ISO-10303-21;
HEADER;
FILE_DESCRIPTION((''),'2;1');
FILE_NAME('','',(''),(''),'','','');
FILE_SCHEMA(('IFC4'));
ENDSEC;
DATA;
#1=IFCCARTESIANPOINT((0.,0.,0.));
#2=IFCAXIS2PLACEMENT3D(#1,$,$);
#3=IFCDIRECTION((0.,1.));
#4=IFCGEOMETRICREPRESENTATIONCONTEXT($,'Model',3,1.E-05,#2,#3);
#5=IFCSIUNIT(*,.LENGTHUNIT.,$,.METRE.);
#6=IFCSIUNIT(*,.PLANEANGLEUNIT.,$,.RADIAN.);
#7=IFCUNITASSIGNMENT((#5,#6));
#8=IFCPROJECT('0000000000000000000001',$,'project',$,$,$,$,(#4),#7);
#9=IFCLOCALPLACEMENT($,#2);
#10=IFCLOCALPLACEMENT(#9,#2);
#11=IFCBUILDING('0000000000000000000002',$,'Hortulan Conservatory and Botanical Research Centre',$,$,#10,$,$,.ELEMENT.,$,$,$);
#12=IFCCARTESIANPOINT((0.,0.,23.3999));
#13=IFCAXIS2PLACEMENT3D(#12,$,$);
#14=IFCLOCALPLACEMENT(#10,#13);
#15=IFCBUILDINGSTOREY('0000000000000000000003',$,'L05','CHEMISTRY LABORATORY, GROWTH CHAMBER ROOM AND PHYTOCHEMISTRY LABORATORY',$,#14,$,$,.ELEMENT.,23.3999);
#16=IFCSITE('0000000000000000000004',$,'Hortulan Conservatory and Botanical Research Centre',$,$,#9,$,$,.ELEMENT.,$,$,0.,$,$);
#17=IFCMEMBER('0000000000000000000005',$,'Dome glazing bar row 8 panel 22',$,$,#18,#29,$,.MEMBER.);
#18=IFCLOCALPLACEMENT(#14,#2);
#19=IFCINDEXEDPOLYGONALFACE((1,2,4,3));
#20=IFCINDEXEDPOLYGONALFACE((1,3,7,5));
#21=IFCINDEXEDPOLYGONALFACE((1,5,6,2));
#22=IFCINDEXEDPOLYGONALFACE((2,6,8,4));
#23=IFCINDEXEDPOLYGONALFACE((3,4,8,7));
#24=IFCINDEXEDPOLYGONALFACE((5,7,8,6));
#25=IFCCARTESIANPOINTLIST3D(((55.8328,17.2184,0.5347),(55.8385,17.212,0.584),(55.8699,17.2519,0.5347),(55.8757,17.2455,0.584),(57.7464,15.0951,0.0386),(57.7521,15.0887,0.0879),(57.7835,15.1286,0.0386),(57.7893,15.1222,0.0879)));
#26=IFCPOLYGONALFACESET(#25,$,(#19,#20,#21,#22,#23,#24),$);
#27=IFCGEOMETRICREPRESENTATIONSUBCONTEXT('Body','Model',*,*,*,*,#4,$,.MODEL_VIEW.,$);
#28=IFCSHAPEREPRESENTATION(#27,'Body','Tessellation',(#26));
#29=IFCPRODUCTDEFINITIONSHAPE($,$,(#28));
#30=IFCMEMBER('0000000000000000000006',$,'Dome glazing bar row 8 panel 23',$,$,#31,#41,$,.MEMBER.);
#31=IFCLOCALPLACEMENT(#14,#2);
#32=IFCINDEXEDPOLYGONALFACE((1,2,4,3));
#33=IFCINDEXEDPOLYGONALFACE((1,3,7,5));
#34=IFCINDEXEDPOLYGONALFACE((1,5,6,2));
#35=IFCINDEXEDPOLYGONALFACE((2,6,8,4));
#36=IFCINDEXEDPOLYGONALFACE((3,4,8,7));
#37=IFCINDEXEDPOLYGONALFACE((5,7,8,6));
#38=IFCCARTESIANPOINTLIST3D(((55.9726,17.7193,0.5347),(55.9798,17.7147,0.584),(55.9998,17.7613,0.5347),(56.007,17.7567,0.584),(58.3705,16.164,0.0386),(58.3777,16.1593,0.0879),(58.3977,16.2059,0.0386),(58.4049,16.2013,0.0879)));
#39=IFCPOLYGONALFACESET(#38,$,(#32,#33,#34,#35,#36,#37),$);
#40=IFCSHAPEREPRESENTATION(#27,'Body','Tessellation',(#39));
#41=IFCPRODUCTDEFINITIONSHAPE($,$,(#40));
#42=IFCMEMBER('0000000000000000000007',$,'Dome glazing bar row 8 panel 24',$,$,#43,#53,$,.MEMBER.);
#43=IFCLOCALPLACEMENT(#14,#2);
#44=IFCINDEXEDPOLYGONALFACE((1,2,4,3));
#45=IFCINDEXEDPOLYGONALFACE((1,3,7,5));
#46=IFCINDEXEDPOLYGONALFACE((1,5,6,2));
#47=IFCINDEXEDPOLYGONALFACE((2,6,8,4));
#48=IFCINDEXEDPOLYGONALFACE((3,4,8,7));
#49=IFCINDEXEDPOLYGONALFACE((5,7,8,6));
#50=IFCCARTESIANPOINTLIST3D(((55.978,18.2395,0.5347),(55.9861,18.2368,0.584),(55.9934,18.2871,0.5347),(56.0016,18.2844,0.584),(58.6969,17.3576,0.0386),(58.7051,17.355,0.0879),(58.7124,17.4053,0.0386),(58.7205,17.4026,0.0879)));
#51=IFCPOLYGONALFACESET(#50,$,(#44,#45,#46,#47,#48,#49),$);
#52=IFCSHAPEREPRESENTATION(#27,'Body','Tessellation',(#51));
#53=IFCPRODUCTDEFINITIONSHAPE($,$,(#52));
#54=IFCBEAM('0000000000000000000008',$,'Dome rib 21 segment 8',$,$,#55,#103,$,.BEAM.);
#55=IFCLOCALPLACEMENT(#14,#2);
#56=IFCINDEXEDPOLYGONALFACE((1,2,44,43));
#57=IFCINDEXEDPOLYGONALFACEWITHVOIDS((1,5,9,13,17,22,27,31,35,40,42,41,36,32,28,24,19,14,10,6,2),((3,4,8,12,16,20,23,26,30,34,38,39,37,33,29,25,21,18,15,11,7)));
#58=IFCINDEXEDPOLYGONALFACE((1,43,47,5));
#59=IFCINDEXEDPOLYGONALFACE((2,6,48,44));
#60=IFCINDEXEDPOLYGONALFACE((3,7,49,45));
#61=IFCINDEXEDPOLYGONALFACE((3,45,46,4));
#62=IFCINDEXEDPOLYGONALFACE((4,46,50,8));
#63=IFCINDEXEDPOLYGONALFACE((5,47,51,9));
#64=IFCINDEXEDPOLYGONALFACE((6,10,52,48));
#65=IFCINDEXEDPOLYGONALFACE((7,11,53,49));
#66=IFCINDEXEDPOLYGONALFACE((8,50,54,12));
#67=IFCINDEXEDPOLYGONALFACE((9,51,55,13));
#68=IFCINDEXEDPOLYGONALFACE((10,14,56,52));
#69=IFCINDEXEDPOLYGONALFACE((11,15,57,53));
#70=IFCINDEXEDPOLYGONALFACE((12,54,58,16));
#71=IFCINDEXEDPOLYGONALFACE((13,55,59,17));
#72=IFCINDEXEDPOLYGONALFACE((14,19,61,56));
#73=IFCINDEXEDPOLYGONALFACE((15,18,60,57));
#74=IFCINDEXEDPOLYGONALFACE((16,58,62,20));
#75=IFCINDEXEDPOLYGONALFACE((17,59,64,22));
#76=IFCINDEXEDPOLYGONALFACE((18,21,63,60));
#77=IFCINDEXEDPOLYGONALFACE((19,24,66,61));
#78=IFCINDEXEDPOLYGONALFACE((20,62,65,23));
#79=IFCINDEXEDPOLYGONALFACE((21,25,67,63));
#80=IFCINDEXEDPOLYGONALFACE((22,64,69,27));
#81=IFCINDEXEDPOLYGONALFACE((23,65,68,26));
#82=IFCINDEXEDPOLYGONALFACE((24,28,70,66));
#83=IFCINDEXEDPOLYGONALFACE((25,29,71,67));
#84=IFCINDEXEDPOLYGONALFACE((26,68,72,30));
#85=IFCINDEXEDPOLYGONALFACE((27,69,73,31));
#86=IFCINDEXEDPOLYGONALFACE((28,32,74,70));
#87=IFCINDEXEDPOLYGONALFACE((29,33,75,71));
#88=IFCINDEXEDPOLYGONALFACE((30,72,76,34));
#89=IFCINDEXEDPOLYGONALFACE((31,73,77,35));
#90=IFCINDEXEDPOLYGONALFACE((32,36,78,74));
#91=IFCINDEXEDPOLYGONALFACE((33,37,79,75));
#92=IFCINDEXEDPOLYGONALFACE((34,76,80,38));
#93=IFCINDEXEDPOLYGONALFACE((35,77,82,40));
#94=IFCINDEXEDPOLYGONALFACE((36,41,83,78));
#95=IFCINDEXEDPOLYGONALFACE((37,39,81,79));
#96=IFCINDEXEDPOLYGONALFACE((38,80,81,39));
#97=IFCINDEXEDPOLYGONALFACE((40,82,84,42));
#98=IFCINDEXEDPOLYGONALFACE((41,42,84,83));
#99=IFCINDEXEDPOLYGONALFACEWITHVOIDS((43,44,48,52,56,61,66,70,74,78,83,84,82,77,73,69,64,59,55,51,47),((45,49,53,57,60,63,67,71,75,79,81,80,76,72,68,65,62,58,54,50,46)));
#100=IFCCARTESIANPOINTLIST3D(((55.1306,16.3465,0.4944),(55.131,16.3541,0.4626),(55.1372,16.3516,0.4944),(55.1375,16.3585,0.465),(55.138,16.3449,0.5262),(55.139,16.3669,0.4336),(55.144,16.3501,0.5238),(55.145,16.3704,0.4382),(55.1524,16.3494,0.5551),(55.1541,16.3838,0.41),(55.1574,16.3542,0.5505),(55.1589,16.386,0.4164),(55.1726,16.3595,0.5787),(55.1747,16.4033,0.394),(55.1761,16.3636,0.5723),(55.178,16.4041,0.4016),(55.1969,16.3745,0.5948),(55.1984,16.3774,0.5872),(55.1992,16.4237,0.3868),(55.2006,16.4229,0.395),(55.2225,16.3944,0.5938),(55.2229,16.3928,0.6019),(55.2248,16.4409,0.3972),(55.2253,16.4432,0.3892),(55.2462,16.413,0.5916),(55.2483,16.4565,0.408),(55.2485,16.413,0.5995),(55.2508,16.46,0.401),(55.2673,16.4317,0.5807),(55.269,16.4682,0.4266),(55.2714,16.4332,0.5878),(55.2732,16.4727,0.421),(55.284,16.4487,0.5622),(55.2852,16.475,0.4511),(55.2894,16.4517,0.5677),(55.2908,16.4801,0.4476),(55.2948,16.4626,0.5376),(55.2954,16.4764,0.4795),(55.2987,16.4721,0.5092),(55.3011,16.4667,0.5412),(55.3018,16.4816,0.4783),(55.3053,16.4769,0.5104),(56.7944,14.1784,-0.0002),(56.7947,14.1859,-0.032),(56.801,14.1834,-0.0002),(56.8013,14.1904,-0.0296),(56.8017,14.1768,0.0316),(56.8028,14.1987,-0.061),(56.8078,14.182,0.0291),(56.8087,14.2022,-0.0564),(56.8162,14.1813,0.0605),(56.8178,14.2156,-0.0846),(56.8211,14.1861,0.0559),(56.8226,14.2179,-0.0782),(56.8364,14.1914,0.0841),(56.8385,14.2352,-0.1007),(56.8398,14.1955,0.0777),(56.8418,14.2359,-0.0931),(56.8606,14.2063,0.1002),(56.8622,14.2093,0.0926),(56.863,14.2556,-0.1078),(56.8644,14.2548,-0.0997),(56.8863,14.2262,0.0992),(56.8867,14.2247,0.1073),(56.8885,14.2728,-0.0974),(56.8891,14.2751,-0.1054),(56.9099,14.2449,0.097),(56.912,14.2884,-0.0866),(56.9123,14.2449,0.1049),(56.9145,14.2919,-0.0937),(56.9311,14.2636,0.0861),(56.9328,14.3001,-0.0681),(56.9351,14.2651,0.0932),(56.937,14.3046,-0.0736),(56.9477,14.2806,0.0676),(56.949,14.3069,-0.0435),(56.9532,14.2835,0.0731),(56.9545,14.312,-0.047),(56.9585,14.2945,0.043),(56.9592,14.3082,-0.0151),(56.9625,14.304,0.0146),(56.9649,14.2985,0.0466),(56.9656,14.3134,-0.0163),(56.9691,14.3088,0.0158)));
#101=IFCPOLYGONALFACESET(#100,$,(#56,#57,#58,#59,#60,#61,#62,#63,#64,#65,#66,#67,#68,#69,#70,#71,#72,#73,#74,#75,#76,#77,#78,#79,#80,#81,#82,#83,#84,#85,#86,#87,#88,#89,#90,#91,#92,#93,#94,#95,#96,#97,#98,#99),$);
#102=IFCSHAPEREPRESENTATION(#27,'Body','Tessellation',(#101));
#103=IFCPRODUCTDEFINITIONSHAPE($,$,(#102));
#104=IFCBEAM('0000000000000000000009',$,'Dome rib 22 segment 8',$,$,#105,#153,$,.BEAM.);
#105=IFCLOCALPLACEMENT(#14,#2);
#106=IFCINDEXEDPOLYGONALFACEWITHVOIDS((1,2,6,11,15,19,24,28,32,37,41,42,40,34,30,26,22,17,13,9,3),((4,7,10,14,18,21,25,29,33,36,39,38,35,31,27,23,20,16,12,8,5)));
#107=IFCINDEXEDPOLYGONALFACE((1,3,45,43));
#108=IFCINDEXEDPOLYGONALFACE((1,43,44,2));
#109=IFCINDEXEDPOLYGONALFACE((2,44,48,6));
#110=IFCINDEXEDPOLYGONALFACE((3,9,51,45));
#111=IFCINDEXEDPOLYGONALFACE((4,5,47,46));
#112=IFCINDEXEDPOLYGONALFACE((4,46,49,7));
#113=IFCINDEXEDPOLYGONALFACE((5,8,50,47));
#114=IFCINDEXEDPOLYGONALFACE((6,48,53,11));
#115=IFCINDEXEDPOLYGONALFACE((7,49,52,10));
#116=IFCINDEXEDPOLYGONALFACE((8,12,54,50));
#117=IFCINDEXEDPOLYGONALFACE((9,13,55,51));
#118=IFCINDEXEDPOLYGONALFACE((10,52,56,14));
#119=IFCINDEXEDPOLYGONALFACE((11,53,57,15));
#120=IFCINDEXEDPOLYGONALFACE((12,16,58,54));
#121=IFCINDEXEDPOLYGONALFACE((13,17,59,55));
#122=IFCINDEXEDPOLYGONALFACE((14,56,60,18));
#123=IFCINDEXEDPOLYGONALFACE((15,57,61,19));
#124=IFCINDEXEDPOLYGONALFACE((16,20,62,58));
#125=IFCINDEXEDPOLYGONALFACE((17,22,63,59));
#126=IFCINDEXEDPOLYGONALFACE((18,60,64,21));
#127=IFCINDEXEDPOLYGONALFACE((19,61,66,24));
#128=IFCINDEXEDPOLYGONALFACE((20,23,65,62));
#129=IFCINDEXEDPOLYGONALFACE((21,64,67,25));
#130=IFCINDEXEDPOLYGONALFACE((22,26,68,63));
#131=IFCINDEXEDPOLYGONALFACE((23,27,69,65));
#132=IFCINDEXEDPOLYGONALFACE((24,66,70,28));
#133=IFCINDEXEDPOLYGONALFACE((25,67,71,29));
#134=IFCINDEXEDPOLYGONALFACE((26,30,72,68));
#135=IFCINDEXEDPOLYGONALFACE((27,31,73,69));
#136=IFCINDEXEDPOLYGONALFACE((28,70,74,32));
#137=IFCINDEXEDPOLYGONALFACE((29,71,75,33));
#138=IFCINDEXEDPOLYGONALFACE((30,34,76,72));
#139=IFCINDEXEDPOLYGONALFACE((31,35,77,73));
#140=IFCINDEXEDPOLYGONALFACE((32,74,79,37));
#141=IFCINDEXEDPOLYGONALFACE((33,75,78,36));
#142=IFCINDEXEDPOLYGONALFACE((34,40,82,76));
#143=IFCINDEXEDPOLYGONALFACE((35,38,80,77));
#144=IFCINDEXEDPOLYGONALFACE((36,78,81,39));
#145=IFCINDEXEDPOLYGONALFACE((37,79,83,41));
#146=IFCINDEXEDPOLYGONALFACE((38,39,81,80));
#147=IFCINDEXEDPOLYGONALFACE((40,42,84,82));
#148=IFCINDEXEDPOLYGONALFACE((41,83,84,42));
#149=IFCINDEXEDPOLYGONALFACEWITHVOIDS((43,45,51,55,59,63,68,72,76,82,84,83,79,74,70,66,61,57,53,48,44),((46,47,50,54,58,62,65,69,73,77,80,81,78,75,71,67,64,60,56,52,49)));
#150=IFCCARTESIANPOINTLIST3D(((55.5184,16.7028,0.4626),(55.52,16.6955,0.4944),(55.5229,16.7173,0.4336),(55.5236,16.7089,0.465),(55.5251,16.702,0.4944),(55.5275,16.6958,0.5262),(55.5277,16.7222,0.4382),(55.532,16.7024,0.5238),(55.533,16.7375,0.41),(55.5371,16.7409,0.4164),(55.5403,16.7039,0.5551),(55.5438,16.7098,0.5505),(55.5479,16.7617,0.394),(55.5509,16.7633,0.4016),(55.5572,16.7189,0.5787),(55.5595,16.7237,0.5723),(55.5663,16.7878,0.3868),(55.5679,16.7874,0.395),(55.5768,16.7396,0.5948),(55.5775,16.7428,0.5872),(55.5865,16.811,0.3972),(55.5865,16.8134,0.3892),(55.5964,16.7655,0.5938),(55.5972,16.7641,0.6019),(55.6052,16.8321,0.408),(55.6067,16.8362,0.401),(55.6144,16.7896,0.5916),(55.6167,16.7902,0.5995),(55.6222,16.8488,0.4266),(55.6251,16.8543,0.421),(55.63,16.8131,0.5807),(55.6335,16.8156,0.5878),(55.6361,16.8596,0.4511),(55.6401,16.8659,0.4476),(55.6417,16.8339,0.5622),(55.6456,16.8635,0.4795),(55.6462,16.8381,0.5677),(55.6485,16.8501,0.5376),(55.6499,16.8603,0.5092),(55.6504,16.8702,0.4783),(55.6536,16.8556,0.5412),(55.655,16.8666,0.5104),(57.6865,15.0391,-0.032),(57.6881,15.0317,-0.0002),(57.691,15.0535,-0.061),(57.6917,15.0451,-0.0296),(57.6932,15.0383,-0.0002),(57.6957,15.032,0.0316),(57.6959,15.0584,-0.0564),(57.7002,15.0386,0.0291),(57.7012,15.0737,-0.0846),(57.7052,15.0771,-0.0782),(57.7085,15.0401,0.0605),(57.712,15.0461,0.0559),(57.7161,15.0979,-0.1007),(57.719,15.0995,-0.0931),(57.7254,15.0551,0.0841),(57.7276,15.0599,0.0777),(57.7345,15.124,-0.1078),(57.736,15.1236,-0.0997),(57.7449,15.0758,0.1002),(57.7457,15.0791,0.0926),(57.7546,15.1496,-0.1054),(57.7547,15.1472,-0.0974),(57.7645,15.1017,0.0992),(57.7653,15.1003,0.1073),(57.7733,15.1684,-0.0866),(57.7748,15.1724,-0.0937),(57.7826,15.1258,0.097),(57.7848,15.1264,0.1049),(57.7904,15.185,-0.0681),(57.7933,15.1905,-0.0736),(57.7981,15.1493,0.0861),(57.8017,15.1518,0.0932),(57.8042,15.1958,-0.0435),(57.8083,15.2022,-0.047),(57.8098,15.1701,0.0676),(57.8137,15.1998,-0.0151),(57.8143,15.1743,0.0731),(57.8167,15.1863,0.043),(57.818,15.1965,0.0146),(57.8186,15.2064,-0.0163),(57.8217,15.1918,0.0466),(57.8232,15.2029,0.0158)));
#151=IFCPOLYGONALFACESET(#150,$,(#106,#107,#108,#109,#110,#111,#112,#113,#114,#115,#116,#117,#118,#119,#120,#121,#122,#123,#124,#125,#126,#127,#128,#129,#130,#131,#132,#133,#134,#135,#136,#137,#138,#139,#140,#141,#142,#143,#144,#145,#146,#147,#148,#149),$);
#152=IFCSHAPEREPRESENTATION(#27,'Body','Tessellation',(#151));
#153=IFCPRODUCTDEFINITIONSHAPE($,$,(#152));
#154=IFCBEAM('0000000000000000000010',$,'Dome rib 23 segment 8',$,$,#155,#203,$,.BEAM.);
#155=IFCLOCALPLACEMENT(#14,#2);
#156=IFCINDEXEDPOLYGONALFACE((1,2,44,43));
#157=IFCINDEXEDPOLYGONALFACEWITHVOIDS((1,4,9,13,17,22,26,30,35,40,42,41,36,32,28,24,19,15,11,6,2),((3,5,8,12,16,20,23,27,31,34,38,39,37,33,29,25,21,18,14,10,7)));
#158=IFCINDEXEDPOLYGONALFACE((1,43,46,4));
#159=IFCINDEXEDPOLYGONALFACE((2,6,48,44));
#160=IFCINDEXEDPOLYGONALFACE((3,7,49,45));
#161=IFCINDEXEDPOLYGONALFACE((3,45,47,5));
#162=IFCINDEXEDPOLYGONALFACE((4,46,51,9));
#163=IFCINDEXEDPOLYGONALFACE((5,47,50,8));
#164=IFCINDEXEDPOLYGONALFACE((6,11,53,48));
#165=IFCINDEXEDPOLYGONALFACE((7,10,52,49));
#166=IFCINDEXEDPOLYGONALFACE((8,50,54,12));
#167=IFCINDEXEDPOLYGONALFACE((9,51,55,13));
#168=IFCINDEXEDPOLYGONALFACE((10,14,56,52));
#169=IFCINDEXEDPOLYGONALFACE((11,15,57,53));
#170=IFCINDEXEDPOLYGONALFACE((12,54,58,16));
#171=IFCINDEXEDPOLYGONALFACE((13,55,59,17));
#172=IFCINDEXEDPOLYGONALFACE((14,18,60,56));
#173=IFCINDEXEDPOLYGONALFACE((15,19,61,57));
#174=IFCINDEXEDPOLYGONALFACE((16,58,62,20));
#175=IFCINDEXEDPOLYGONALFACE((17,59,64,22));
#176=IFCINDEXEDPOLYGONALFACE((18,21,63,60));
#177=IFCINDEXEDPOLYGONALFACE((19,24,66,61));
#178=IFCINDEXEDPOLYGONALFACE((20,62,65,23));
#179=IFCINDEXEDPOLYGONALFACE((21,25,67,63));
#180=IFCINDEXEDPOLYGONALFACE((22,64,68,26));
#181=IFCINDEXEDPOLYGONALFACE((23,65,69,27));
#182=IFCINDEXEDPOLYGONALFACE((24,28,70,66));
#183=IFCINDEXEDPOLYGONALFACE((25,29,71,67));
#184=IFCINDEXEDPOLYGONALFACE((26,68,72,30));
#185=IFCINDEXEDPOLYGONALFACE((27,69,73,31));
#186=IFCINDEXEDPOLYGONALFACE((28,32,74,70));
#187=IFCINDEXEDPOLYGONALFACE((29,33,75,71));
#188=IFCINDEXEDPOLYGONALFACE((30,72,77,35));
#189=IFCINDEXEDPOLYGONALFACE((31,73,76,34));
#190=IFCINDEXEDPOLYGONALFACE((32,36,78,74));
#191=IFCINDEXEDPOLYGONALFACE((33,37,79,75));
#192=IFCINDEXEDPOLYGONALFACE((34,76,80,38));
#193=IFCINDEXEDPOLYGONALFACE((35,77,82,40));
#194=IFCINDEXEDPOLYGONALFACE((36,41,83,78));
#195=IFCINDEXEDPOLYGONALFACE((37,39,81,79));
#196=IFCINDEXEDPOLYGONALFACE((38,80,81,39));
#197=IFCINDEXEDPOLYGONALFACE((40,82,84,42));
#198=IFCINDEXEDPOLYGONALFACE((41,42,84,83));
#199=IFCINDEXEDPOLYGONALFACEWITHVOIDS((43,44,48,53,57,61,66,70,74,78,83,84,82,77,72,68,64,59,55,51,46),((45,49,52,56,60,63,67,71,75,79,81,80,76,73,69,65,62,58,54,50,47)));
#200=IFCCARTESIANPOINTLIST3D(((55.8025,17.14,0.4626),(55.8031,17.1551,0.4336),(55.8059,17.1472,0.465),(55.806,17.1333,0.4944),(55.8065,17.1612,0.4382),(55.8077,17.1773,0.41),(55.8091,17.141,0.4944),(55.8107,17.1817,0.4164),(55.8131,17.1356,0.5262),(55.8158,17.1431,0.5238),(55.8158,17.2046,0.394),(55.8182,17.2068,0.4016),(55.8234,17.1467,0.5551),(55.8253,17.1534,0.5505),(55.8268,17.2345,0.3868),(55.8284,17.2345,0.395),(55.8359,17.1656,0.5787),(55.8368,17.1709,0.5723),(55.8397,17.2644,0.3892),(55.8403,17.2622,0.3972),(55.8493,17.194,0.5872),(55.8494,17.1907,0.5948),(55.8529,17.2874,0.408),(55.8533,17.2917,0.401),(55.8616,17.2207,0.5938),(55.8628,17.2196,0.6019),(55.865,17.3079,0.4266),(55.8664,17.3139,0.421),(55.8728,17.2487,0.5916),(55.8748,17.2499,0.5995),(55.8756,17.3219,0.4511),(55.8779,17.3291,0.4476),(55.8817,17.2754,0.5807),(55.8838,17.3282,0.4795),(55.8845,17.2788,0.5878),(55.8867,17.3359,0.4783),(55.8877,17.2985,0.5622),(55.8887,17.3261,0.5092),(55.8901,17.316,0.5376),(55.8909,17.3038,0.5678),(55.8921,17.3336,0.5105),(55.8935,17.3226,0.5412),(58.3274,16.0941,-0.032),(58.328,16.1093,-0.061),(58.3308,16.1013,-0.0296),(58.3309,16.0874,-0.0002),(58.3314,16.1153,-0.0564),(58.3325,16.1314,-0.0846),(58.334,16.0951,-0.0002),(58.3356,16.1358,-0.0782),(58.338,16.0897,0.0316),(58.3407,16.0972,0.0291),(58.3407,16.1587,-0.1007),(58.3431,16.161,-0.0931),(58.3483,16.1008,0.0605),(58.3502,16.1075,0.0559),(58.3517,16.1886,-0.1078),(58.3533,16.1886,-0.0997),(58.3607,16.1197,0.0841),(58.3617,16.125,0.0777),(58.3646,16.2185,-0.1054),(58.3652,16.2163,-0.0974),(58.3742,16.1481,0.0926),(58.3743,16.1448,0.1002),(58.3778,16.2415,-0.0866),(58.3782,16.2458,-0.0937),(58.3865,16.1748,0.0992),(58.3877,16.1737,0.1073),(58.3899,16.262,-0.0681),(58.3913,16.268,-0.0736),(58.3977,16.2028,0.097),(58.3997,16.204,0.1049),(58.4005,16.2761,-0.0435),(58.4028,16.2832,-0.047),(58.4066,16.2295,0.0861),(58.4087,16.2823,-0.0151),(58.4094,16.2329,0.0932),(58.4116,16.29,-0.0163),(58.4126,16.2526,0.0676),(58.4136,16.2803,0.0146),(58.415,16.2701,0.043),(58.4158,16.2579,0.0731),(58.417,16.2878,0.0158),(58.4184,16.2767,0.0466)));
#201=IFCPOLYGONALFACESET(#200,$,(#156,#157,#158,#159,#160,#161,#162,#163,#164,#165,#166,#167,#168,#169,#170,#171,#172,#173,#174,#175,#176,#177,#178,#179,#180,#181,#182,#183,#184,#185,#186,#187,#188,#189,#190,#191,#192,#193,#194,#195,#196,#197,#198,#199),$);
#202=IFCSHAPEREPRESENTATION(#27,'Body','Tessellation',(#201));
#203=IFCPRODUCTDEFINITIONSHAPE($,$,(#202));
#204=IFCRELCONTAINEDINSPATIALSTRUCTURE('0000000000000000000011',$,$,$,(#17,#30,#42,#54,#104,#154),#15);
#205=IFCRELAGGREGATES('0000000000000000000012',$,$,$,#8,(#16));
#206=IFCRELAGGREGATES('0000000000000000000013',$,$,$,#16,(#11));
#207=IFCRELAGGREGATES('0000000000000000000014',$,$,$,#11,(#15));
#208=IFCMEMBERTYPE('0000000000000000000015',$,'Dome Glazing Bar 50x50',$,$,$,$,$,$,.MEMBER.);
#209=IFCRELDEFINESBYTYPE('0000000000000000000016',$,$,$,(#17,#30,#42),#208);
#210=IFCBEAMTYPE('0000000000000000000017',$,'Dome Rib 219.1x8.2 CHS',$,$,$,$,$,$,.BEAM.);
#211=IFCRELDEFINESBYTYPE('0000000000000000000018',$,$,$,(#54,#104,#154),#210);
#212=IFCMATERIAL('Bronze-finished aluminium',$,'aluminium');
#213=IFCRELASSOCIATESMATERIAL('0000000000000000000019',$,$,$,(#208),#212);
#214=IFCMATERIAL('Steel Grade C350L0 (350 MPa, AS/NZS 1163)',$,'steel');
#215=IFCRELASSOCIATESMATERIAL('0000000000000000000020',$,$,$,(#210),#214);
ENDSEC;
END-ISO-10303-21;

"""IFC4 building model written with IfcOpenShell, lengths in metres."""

from ifc_helpers import new_model, si_unit, direction, frame, origin, origin_2d, place, context, subcontext, project, spatial, rectangle, hollow_circle, extrude, material, material_profile, profile_set, type_object, element, save


model = new_model("IFC4")

# Units and contexts
model_context = context("Model", 3, precision=1e-05, world=origin(), true_north=direction((0.0, 1.0)))
body_context = subcontext(model_context, "Body", "Model", "MODEL_VIEW")
ifc_project = project(units=[si_unit("LENGTHUNIT", "METRE"), si_unit("PLANEANGLEUNIT", "RADIAN")], contexts=[model_context])

# Site, building, storey
site_placement = place(None, origin())
site = spatial("IfcSite", under=ifc_project, at=site_placement, Name="Hortulan Conservatory and Botanical Research Centre", CompositionType="ELEMENT", RefElevation=0.0)
building_placement = place(site_placement, origin())
building = spatial("IfcBuilding", under=site, at=building_placement, Name="Hortulan Conservatory and Botanical Research Centre", CompositionType="ELEMENT")
storey_placement = place(building_placement, frame((0.0, 0.0, 23.3999)))
storey = spatial("IfcBuildingStorey", under=building, at=storey_placement, Name="L05", Description="CHEMISTRY LABORATORY, GROWTH CHAMBER ROOM AND PHYTOCHEMISTRY LABORATORY", CompositionType="ELEMENT", Elevation=23.3999)

# Members
ifc_material_1 = material(Name="Steel Grade C350L0 (350 MPa, AS/NZS 1163)", Category="steel")
ifc_material_2 = material(Name="Bronze-finished aluminium", Category="aluminium")
ifc_material_profile_1 = material_profile(ifc_material_2, rectangle(XDim=0.05, YDim=0.05, at=origin_2d()), Name="Square bar 50x50")
ifc_profile_set_1 = profile_set([ifc_material_profile_1], Name="Bronze-finished aluminium")
member_type_1 = type_object("IfcMemberType", Name="Dome Glazing Bar 50x50", PredefinedType="MEMBER", material=ifc_profile_set_1)
for number, where, z_axis, x_axis, name in (
    (1, (57.7678, 15.1086, 0.0632), (-0.659609, 0.731898, 0.171003), (-0.74284, -0.66947, 0.0), "Dome glazing bar row 8 panel 22"),
):
    element("IfcMember", number, at=place(storey_placement, frame(where, z_axis=z_axis, x_axis=x_axis)), inside=storey, type_object=member_type_1, Name=name, PredefinedType="MEMBER", context=body_context, shape_type="SweptSolid", body=[
        extrude(rectangle(XDim=0.05, YDim=0.05, at=origin_2d()), origin(), (0.0, 0.0, 1.0), 2.9011),
    ])
member_1_placement = place(storey_placement, frame((58.3877, 16.1826, 0.0632), z_axis=(-0.826604, 0.536173, 0.17101), x_axis=(-0.544189, -0.838962, 0.0)))
element("IfcMember", 2, at=member_1_placement, inside=storey, type_object=member_type_1, Name="Dome glazing bar row 8 panel 23", PredefinedType="MEMBER", context=body_context, shape_type="SweptSolid", body=[
    extrude(rectangle(XDim=0.05, YDim=0.05, at=origin_2d()), origin(), (0.0, 0.0, 1.0), 2.9009),
])
member_2_placement = place(storey_placement, frame((58.7087, 17.3801, 0.0632), z_axis=(-0.937212, 0.303961, 0.170999), x_axis=(-0.308505, -0.951223, 0.0)))
element("IfcMember", 3, at=member_2_placement, inside=storey, type_object=member_type_1, Name="Dome glazing bar row 8 panel 24", PredefinedType="MEMBER", context=body_context, shape_type="SweptSolid", body=[
    extrude(rectangle(XDim=0.05, YDim=0.05, at=origin_2d()), origin(), (0.0, 0.0, 1.0), 2.9011),
])

# Beams
ifc_material_profile_2 = material_profile(ifc_material_1, hollow_circle(Radius=0.1096, WallThickness=0.0083, at=origin_2d()), Name="219.1x8.2CHS")
ifc_profile_set_2 = profile_set([ifc_material_profile_2], Name="Steel Grade C350L0 (350 MPa, AS/NZS 1163)")
beam_type = type_object("IfcBeamType", Name="Dome Rib 219.1x8.2 CHS", PredefinedType="BEAM", material=ifc_profile_set_2)
for number, where, z_axis, x_axis, name in (
    (4, (56.8813, 14.2451, -0.0002), (-0.59905, 0.780655, 0.178089), (-0.793337, -0.608782, 0.0), "Dome rib 21 segment 8"),
    (5, (57.7549, 15.1187, -0.0002), (-0.780655, 0.59905, 0.178089), (-0.608782, -0.793337, 0.0), "Dome rib 22 segment 8"),
    (6, (58.3728, 16.1887, -0.0002), (-0.909104, 0.376581, 0.178094), (-0.382699, -0.923873, 0.0), "Dome rib 23 segment 8"),
):
    element("IfcBeam", number, at=place(storey_placement, frame(where, z_axis=z_axis, x_axis=x_axis)), inside=storey, type_object=beam_type, Name=name, PredefinedType="BEAM", context=body_context, shape_type="SweptSolid", body=[
        extrude(hollow_circle(Radius=0.1096, WallThickness=0.0083, at=origin_2d()), origin(), (0.0, 0.0, 1.0), 2.7773),
    ])

save(model, "model.ifc")
